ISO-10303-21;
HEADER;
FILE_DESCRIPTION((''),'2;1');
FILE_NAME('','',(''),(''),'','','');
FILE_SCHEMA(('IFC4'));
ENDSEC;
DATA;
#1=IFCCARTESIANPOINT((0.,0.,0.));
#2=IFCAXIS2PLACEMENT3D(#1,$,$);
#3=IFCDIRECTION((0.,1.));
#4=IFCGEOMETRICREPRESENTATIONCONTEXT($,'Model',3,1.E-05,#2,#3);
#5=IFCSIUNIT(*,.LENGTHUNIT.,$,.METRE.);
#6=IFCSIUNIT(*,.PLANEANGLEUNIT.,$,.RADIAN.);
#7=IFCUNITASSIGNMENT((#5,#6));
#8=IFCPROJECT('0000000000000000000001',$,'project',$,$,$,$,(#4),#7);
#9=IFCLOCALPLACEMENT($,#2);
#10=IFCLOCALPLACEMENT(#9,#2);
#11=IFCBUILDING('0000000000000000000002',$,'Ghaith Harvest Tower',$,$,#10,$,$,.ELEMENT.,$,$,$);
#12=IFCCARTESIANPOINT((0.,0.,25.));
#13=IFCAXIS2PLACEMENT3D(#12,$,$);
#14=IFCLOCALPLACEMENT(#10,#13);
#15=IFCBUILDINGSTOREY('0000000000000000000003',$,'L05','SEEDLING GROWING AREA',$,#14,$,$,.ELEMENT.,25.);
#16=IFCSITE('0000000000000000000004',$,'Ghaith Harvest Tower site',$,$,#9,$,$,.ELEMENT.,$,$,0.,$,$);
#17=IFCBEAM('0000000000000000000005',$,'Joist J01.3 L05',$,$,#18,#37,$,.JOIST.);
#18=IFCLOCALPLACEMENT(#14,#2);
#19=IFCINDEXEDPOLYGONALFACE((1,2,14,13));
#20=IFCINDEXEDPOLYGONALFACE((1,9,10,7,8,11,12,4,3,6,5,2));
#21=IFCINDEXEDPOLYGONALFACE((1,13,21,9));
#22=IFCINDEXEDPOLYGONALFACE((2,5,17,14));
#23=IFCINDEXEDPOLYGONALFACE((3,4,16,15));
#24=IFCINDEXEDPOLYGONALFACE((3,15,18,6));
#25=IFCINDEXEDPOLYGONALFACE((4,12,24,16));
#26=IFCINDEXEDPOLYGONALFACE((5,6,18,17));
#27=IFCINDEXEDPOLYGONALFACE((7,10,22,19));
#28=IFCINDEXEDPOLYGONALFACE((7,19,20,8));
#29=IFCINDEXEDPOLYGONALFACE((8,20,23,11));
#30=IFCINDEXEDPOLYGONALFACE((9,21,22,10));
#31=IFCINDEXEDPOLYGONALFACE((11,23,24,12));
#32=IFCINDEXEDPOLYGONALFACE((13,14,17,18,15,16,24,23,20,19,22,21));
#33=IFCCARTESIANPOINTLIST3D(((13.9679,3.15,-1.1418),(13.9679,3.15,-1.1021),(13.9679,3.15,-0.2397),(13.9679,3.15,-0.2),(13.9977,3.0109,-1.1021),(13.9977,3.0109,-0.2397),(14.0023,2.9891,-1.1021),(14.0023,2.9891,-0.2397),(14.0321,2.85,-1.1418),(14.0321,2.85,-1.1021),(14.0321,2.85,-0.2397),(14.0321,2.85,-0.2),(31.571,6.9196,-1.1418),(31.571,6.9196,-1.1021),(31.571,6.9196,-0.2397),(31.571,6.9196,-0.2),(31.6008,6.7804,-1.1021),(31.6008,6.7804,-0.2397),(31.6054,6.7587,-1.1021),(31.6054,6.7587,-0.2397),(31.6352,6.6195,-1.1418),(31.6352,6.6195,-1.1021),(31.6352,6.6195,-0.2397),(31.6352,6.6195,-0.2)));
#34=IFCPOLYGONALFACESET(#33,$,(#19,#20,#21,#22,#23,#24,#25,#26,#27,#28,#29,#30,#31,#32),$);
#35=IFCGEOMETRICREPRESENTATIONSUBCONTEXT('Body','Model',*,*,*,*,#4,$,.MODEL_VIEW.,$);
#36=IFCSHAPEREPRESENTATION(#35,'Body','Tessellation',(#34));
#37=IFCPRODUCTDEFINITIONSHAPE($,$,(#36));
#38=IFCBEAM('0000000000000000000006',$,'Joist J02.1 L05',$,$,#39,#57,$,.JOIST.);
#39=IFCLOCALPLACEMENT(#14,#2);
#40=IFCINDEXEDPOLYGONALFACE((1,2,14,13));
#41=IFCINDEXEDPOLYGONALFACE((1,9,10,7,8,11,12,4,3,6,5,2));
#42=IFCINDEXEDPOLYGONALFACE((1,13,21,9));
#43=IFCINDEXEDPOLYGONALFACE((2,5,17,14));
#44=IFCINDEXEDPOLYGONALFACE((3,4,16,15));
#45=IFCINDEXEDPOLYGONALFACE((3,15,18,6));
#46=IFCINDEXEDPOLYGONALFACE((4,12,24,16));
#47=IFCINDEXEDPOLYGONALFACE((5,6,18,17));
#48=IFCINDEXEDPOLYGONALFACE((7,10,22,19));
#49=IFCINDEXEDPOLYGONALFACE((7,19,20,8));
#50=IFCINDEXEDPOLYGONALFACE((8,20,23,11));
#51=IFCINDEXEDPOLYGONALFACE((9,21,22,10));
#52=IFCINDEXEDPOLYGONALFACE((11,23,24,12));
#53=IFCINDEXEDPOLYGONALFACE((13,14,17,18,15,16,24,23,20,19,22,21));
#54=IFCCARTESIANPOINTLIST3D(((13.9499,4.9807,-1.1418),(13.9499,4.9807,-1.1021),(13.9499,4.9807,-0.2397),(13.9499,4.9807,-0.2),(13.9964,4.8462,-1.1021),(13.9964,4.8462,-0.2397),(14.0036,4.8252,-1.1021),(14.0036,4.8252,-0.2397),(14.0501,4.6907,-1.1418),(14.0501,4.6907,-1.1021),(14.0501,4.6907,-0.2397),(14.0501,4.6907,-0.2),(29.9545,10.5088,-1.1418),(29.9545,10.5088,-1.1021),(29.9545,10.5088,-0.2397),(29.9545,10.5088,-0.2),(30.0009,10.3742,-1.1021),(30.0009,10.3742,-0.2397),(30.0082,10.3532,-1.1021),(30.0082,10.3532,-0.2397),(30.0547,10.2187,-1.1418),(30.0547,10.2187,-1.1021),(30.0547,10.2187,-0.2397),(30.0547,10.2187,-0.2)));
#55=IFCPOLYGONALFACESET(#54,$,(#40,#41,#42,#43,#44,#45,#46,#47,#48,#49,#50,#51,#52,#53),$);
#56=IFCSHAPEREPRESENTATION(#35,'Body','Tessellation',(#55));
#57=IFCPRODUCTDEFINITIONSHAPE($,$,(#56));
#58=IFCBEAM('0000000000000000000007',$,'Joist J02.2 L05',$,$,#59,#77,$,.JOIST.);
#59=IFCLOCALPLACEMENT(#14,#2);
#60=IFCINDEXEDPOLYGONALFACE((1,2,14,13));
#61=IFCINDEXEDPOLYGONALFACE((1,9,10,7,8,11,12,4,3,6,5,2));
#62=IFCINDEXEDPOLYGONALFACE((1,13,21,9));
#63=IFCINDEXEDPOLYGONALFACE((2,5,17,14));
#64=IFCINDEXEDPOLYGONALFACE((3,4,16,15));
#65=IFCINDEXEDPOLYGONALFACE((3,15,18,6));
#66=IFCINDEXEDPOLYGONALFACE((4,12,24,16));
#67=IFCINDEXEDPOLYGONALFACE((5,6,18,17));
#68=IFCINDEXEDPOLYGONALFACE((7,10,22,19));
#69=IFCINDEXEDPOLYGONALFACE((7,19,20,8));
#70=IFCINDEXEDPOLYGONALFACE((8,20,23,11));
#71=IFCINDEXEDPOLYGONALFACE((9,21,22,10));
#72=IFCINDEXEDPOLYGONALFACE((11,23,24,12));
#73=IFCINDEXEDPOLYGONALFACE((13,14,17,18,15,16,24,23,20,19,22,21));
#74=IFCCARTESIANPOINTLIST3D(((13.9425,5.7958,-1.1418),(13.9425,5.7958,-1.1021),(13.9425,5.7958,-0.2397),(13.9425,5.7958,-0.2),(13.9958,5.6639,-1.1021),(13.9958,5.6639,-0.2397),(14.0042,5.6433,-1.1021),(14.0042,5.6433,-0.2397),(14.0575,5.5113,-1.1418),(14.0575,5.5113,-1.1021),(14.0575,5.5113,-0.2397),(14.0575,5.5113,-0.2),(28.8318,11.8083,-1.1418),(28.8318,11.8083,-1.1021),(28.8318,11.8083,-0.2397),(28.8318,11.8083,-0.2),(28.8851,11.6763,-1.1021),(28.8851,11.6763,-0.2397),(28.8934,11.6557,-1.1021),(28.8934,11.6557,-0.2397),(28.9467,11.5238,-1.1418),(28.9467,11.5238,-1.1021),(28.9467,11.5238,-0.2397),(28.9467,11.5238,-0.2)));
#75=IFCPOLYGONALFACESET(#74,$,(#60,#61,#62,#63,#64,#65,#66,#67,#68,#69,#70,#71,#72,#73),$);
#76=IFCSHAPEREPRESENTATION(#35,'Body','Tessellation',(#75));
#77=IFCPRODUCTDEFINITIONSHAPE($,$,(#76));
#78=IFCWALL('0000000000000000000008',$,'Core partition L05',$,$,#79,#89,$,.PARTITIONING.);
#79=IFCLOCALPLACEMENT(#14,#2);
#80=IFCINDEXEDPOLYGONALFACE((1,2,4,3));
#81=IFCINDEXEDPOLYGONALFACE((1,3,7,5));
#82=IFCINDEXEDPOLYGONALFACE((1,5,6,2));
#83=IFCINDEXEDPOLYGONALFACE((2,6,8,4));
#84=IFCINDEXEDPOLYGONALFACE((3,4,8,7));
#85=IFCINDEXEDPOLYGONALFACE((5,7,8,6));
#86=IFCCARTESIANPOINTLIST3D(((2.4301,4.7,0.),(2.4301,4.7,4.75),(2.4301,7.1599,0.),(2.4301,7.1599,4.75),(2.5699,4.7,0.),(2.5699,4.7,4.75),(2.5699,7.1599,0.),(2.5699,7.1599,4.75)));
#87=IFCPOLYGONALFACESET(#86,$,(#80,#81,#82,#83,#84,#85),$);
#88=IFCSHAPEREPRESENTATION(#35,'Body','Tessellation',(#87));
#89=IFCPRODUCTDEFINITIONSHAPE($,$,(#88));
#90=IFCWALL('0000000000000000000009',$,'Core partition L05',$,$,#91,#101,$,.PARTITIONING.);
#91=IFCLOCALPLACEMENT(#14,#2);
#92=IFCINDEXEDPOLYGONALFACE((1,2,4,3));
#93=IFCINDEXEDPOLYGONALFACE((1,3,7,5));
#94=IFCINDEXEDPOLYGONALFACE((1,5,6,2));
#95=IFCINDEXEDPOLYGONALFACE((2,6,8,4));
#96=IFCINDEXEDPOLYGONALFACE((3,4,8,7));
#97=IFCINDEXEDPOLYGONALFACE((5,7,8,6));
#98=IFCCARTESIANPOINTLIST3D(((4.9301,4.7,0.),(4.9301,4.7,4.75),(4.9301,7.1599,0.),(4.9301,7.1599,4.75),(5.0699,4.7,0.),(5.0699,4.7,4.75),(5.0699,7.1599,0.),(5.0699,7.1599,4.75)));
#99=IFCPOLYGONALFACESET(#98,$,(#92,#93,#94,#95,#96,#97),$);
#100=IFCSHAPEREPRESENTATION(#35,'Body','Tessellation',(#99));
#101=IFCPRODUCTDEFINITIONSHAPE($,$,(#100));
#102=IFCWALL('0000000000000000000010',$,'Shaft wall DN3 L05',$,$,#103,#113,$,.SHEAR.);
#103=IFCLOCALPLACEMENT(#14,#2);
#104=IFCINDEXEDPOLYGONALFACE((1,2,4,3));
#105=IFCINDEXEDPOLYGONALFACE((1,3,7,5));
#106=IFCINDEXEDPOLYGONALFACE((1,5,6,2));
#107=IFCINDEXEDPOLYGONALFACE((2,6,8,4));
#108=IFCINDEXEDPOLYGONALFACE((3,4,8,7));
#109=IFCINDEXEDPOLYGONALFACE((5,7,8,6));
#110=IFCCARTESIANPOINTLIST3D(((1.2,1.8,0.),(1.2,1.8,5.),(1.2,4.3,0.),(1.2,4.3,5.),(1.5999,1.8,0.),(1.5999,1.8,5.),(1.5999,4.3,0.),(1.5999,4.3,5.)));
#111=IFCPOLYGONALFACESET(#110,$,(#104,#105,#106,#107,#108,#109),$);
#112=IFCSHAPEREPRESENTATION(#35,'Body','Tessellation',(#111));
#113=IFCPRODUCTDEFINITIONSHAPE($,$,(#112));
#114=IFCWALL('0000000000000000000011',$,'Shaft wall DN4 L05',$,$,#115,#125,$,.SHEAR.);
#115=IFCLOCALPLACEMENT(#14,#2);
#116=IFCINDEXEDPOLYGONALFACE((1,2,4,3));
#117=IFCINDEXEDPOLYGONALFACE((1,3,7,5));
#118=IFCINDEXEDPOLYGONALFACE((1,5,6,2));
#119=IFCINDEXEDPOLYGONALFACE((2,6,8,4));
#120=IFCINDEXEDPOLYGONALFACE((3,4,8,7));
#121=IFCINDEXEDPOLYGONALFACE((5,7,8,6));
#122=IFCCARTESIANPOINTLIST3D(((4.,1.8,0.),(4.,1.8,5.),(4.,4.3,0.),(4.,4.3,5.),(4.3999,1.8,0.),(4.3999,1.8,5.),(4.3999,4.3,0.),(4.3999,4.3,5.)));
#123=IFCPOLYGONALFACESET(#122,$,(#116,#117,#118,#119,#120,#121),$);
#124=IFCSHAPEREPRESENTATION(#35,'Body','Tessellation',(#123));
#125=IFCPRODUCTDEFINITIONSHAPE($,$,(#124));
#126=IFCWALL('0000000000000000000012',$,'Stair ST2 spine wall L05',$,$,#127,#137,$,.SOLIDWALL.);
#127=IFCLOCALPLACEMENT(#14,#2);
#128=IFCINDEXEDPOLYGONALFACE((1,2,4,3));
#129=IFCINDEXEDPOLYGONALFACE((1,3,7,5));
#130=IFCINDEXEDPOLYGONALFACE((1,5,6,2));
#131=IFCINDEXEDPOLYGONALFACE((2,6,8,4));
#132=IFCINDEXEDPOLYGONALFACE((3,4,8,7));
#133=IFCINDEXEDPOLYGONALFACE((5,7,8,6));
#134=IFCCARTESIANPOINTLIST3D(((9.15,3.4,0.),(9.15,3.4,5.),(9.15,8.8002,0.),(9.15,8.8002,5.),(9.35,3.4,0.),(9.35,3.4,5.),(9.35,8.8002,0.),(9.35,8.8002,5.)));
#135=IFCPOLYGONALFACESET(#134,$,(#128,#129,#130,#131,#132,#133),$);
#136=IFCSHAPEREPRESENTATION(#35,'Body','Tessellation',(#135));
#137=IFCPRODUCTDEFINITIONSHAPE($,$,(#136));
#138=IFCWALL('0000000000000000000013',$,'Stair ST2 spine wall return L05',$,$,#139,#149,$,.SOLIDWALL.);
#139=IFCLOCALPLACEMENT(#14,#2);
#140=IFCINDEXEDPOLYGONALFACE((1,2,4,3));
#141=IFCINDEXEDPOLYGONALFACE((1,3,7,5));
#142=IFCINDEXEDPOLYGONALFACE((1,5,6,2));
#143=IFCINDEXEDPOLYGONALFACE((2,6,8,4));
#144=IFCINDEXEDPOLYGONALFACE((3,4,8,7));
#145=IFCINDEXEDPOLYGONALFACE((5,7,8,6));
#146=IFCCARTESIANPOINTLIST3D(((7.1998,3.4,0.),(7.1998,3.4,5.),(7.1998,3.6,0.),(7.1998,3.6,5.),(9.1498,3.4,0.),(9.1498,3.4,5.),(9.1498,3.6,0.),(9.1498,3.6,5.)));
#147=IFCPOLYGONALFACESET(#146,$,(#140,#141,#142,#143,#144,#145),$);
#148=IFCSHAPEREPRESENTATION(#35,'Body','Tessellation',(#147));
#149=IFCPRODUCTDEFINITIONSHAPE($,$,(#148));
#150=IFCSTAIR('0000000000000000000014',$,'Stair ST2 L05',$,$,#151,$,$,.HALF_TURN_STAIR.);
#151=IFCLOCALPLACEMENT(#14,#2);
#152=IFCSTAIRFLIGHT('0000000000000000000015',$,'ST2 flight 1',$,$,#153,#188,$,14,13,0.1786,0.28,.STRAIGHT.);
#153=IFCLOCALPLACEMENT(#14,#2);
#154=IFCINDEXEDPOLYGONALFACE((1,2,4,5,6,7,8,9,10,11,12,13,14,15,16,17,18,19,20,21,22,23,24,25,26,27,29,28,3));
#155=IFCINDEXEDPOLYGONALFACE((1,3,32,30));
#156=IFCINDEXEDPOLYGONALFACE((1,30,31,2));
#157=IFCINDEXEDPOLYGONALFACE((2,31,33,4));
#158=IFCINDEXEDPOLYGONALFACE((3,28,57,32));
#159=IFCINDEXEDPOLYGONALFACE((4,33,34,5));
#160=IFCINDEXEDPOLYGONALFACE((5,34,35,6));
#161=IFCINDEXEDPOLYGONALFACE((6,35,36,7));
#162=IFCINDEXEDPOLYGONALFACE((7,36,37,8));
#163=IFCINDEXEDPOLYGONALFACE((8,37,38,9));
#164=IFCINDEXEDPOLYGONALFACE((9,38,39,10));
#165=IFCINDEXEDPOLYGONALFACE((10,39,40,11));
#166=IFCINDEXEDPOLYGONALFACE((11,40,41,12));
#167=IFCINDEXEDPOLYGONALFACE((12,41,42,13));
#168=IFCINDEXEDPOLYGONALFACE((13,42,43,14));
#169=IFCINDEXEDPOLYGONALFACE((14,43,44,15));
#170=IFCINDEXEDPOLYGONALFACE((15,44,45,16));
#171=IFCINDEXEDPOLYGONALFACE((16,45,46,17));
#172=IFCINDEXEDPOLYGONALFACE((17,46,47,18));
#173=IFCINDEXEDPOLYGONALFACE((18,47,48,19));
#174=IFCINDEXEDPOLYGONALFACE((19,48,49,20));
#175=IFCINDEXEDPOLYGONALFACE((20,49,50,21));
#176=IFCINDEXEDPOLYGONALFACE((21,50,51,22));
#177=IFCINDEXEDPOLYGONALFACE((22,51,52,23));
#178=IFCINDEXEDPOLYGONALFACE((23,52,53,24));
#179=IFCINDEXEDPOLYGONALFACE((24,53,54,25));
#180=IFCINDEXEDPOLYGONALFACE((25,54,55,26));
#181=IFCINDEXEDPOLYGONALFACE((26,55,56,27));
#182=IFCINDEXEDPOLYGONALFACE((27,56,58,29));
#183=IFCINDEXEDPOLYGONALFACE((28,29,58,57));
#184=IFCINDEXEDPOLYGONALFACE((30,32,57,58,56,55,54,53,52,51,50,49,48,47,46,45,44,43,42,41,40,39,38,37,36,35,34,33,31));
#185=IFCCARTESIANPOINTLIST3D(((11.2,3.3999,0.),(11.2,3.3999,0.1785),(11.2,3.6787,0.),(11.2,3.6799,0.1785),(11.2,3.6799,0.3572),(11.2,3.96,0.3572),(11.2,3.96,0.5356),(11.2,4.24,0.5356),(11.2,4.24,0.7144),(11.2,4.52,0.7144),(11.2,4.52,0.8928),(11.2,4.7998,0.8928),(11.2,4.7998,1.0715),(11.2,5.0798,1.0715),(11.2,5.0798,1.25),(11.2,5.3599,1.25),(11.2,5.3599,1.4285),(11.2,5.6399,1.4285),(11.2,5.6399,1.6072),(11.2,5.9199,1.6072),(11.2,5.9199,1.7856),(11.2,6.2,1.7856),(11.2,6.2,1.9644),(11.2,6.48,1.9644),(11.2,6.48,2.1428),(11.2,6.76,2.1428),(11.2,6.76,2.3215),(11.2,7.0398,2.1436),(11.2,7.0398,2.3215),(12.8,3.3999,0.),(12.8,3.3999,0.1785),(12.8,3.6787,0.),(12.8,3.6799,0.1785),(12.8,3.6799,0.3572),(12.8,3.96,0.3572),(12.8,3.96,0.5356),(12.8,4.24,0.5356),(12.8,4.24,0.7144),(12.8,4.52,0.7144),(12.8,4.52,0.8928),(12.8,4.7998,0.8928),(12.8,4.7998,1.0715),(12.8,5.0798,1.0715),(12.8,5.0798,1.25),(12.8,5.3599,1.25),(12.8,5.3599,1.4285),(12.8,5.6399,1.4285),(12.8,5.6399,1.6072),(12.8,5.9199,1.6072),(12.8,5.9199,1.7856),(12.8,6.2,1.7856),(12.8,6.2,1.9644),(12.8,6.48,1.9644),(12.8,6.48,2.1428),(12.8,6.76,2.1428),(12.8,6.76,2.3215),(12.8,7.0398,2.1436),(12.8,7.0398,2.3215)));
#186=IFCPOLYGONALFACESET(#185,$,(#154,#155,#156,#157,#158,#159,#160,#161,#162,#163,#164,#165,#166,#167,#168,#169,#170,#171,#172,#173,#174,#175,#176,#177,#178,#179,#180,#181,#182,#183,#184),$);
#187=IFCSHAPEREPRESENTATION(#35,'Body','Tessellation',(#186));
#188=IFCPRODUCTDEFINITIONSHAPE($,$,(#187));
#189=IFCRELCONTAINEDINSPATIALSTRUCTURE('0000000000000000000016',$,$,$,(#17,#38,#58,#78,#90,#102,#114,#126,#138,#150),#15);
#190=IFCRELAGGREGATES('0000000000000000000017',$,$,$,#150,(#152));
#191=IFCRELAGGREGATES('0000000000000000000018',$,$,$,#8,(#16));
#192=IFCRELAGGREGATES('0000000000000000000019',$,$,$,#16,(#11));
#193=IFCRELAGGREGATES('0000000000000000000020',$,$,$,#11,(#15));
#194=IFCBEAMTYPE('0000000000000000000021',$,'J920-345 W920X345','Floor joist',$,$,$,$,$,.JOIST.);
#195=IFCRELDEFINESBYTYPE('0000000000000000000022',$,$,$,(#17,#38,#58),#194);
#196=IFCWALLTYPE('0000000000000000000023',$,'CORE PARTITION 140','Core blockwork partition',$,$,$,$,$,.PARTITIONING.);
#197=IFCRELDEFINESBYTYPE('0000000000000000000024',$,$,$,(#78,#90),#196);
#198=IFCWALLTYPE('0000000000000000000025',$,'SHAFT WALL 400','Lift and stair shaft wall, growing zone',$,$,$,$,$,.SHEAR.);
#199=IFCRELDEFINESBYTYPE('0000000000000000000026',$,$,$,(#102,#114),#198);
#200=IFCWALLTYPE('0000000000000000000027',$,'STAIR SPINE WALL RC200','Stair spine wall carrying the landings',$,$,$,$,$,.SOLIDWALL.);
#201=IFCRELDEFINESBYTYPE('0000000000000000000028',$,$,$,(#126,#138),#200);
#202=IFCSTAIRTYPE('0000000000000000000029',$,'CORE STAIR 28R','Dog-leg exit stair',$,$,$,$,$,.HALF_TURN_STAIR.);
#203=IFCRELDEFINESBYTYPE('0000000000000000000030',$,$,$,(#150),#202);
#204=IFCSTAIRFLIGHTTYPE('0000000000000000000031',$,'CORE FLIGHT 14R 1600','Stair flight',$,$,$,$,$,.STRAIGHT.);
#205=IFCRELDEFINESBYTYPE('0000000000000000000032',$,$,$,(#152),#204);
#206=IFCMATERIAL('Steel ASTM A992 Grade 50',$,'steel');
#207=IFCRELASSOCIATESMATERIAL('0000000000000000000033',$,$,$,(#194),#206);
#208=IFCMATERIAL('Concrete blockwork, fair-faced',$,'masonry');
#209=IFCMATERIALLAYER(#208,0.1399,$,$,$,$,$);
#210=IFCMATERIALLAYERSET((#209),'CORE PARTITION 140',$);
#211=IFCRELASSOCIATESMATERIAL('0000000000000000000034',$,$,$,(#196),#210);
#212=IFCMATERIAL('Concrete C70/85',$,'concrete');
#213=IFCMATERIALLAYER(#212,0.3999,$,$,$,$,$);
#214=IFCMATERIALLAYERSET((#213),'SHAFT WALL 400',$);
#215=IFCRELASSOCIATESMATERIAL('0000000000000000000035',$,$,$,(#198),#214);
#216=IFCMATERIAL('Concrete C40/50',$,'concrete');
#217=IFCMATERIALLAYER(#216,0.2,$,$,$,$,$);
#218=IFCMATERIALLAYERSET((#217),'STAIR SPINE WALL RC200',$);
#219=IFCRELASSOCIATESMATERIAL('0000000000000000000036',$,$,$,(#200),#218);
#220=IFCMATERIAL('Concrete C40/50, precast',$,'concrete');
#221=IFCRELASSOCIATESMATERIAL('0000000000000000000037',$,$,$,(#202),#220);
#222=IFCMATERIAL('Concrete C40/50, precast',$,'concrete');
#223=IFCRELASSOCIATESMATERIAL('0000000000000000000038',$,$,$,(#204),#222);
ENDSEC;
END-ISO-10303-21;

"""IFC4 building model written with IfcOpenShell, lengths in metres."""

from ifc_helpers import new_model, si_unit, direction, frame, frame_2d, origin, origin_2d, place, context, subcontext, project, spatial, polyline, rectangle, i_section, outline, extrude, material, layer, layer_set, material_profile, profile_set, type_object, element, aggregate, save


model = new_model("IFC4")

# Units and contexts
model_context = context("Model", 3, precision=1e-05, world=origin(), true_north=direction((0.0, 1.0)))
body_context = subcontext(model_context, "Body", "Model", "MODEL_VIEW")
ifc_project = project(units=[si_unit("LENGTHUNIT", "METRE"), si_unit("PLANEANGLEUNIT", "RADIAN")], contexts=[model_context])

# Site, building, storey
site_placement = place(None, origin())
site = spatial("IfcSite", under=ifc_project, at=site_placement, Name="Ghaith Harvest Tower site", CompositionType="ELEMENT", RefElevation=0.0)
building_placement = place(site_placement, origin())
building = spatial("IfcBuilding", under=site, at=building_placement, Name="Ghaith Harvest Tower", CompositionType="ELEMENT")
storey_placement = place(building_placement, frame((0.0, 0.0, 25.0)))
storey = spatial("IfcBuildingStorey", under=building, at=storey_placement, Name="L05", Description="SEEDLING GROWING AREA", CompositionType="ELEMENT", Elevation=25.0)

# Beams
ifc_material_1 = material(Name="Steel ASTM A992 Grade 50", Category="steel")
ifc_material_profile_1 = material_profile(ifc_material_1, i_section(OverallWidth=0.3069, OverallDepth=0.9419, WebThickness=0.0222, FlangeThickness=0.0398, at=origin_2d()), Name="W920X345")
ifc_profile_set_1 = profile_set([ifc_material_profile_1], Name="Steel ASTM A992 Grade 50")
beam_type_1 = type_object("IfcBeamType", Name="J920-345 W920X345", Description="Floor joist", PredefinedType="JOIST", material=ifc_profile_set_1)
beam_1_placement = place(storey_placement, frame((14.0, 3.0, -0.6709), z_axis=(0.977831, 0.209394, 0.0), x_axis=(-0.209394, 0.977831, 0.0)))
element("IfcBeam", 1, at=beam_1_placement, inside=storey, type_object=beam_type_1, Name="Joist J01.3 L05", PredefinedType="JOIST", context=body_context, shape_type="SweptSolid", body=[
    extrude(i_section(OverallWidth=0.3069, OverallDepth=0.9419, WebThickness=0.0222, FlangeThickness=0.0398, at=origin_2d()), origin(), (0.0, 0.0, 1.0), 18.0022),
])
beam_2_placement = place(storey_placement, frame((14.0, 4.8357, -0.6709), z_axis=(0.945205, 0.326478, 0.0), x_axis=(-0.326478, 0.945205, 0.0)))
element("IfcBeam", 2, at=beam_2_placement, inside=storey, type_object=beam_type_1, Name="Joist J02.1 L05", PredefinedType="JOIST", context=body_context, shape_type="SweptSolid", body=[
    extrude(i_section(OverallWidth=0.3069, OverallDepth=0.9419, WebThickness=0.0222, FlangeThickness=0.0398, at=origin_2d()), origin(), (0.0, 0.0, 1.0), 16.9324),
])
beam_3_placement = place(storey_placement, frame((14.0, 5.6536, -0.6709), z_axis=(0.927252, 0.374437, 0.0), x_axis=(-0.374437, 0.927252, 0.0)))
element("IfcBeam", 3, at=beam_3_placement, inside=storey, type_object=beam_type_1, Name="Joist J02.2 L05", PredefinedType="JOIST", context=body_context, shape_type="SweptSolid", body=[
    extrude(i_section(OverallWidth=0.3069, OverallDepth=0.9419, WebThickness=0.0222, FlangeThickness=0.0398, at=origin_2d()), origin(), (0.0, 0.0, 1.0), 16.0574),
])

# Walls
ifc_material_2 = material(Name="Concrete blockwork, fair-faced", Category="masonry")
ifc_layer_1 = layer(ifc_material_2, 0.1399)
ifc_layer_set_1 = layer_set([ifc_layer_1], Name="CORE PARTITION 140")
wall_type_1 = type_object("IfcWallType", Name="CORE PARTITION 140", Description="Core blockwork partition", PredefinedType="PARTITIONING", material=ifc_layer_set_1)
for number, where, z_axis, x_axis, name in (
    (4, (2.5, 4.7, 0.0), (0.0, 0.0, 1.0), (0.0, 1.0, 0.0), "Core partition L05"),
    (5, (5.0, 4.7, 0.0), (0.0, 0.0, 1.0), (0.0, 1.0, 0.0), "Core partition L05"),
):
    element("IfcWall", number, at=place(storey_placement, frame(where, z_axis=z_axis, x_axis=x_axis)), inside=storey, type_object=wall_type_1, Name=name, PredefinedType="PARTITIONING", context=body_context, shape_type="SweptSolid", body=[
        extrude(rectangle(XDim=2.46, YDim=0.1399, at=frame_2d((1.23, 0.0))), origin(), (0.0, 0.0, 1.0), 4.75),
    ])

# Shared definitions
ifc_material_3 = material(Name="Concrete C70/85", Category="concrete")
ifc_layer_2 = layer(ifc_material_3, 0.3999)
ifc_layer_set_2 = layer_set([ifc_layer_2], Name="SHAFT WALL 400")
wall_type_2 = type_object("IfcWallType", Name="SHAFT WALL 400", Description="Lift and stair shaft wall, growing zone", PredefinedType="SHEAR", material=ifc_layer_set_2)

# Walls
for number, where, z_axis, x_axis, name in (
    (6, (1.3999, 1.8, 0.0), (0.0, 0.0, 1.0), (0.0, 1.0, 0.0), "Shaft wall DN3 L05"),
    (7, (4.2, 1.8, 0.0), (0.0, 0.0, 1.0), (0.0, 1.0, 0.0), "Shaft wall DN4 L05"),
):
    element("IfcWall", number, at=place(storey_placement, frame(where, z_axis=z_axis, x_axis=x_axis)), inside=storey, type_object=wall_type_2, Name=name, PredefinedType="SHEAR", context=body_context, shape_type="SweptSolid", body=[
        extrude(rectangle(XDim=2.5, YDim=0.3999, at=frame_2d((1.25, 0.0))), origin(), (0.0, 0.0, 1.0), 5.0),
    ])
ifc_material_4 = material(Name="Concrete C40/50", Category="concrete")
ifc_layer_3 = layer(ifc_material_4, 0.2)
ifc_layer_set_3 = layer_set([ifc_layer_3], Name="STAIR SPINE WALL RC200")
wall_type_3 = type_object("IfcWallType", Name="STAIR SPINE WALL RC200", Description="Stair spine wall carrying the landings", PredefinedType="SOLIDWALL", material=ifc_layer_set_3)
wall_1_placement = place(storey_placement, frame((9.25, 3.3999, 0.0), z_axis=(0.0, 0.0, 1.0), x_axis=(0.0, 1.0, 0.0)))
element("IfcWall", 8, at=wall_1_placement, inside=storey, type_object=wall_type_3, Name="Stair ST2 spine wall L05", PredefinedType="SOLIDWALL", context=body_context, shape_type="SweptSolid", body=[
    extrude(rectangle(XDim=5.4001, YDim=0.2, at=frame_2d((2.7002, 0.0))), origin(), (0.0, 0.0, 1.0), 5.0),
])
wall_2_placement = place(storey_placement, frame((9.1499, 3.5, 0.0), z_axis=(0.0, 0.0, 1.0), x_axis=(-1.0, 0.0, 0.0)))
element("IfcWall", 9, at=wall_2_placement, inside=storey, type_object=wall_type_3, Name="Stair ST2 spine wall return L05", PredefinedType="SOLIDWALL", context=body_context, shape_type="SweptSolid", body=[
    extrude(rectangle(XDim=1.95, YDim=0.2, at=frame_2d((0.9751, 0.0))), origin(), (0.0, 0.0, 1.0), 5.0),
])

# Stair, stair flight
ifc_material_5 = material(Name="Concrete C40/50, precast", Category="concrete")
stair_type = type_object("IfcStairType", Name="CORE STAIR 28R", Description="Dog-leg exit stair", PredefinedType="HALF_TURN_STAIR", material=ifc_material_5)
stair_placement = place(storey_placement, origin())
stair = element("IfcStair", 10, at=stair_placement, inside=storey, type_object=stair_type, Name="Stair ST2 L05", PredefinedType="HALF_TURN_STAIR")
ifc_material_6 = material(Name="Concrete C40/50, precast", Category="concrete")
stair_flight_type = type_object("IfcStairFlightType", Name="CORE FLIGHT 14R 1600", Description="Stair flight", PredefinedType="STRAIGHT", material=ifc_material_6)
stair_flight_1_placement = place(storey_placement, frame((12.0, 3.3999, 0.0), z_axis=(0.0, 0.0, 1.0), x_axis=(0.0, 1.0, 0.0)))
stair_flight_1 = element("IfcStairFlight", 11, at=stair_flight_1_placement, type_object=stair_flight_type, Name="ST2 flight 1", NumberOfRisers=14, NumberOfTreads=13, PredefinedType="STRAIGHT", RiserHeight=0.1786, TreadLength=0.28, context=body_context, shape_type="SweptSolid", body=[
    extrude(outline(polyline([(0.0, 0.0), (0.0, 0.1785), (0.28, 0.1785), (0.28, 0.3572), (0.5601, 0.3572), (0.5601, 0.5356), (0.8401, 0.5356), (0.8401, 0.7144), (1.1201, 0.7144), (1.1201, 0.8928), (1.3999, 0.8928), (1.3999, 1.0715), (1.6799, 1.0715), (1.6799, 1.25), (1.96, 1.25), (1.96, 1.4285), (2.24, 1.4285), (2.24, 1.6072), (2.52, 1.6072), (2.52, 1.7856), (2.8, 1.7856), (2.8, 1.9644), (3.0801, 1.9644), (3.0801, 2.1428), (3.3601, 2.1428), (3.3601, 2.3215), (3.6399, 2.3215), (3.6399, 2.5), (3.6399, 2.1436), (0.2788, 0.0), (0.0, 0.0)])), frame((0.0, 0.8, 0.0), z_axis=(0.0, -1.0, 0.0), x_axis=(1.0, 0.0, 0.0)), (0.0, 0.0, 1.0), 1.6001),
])
aggregate(stair, [stair_flight_1])

save(model, "model.ifc")
